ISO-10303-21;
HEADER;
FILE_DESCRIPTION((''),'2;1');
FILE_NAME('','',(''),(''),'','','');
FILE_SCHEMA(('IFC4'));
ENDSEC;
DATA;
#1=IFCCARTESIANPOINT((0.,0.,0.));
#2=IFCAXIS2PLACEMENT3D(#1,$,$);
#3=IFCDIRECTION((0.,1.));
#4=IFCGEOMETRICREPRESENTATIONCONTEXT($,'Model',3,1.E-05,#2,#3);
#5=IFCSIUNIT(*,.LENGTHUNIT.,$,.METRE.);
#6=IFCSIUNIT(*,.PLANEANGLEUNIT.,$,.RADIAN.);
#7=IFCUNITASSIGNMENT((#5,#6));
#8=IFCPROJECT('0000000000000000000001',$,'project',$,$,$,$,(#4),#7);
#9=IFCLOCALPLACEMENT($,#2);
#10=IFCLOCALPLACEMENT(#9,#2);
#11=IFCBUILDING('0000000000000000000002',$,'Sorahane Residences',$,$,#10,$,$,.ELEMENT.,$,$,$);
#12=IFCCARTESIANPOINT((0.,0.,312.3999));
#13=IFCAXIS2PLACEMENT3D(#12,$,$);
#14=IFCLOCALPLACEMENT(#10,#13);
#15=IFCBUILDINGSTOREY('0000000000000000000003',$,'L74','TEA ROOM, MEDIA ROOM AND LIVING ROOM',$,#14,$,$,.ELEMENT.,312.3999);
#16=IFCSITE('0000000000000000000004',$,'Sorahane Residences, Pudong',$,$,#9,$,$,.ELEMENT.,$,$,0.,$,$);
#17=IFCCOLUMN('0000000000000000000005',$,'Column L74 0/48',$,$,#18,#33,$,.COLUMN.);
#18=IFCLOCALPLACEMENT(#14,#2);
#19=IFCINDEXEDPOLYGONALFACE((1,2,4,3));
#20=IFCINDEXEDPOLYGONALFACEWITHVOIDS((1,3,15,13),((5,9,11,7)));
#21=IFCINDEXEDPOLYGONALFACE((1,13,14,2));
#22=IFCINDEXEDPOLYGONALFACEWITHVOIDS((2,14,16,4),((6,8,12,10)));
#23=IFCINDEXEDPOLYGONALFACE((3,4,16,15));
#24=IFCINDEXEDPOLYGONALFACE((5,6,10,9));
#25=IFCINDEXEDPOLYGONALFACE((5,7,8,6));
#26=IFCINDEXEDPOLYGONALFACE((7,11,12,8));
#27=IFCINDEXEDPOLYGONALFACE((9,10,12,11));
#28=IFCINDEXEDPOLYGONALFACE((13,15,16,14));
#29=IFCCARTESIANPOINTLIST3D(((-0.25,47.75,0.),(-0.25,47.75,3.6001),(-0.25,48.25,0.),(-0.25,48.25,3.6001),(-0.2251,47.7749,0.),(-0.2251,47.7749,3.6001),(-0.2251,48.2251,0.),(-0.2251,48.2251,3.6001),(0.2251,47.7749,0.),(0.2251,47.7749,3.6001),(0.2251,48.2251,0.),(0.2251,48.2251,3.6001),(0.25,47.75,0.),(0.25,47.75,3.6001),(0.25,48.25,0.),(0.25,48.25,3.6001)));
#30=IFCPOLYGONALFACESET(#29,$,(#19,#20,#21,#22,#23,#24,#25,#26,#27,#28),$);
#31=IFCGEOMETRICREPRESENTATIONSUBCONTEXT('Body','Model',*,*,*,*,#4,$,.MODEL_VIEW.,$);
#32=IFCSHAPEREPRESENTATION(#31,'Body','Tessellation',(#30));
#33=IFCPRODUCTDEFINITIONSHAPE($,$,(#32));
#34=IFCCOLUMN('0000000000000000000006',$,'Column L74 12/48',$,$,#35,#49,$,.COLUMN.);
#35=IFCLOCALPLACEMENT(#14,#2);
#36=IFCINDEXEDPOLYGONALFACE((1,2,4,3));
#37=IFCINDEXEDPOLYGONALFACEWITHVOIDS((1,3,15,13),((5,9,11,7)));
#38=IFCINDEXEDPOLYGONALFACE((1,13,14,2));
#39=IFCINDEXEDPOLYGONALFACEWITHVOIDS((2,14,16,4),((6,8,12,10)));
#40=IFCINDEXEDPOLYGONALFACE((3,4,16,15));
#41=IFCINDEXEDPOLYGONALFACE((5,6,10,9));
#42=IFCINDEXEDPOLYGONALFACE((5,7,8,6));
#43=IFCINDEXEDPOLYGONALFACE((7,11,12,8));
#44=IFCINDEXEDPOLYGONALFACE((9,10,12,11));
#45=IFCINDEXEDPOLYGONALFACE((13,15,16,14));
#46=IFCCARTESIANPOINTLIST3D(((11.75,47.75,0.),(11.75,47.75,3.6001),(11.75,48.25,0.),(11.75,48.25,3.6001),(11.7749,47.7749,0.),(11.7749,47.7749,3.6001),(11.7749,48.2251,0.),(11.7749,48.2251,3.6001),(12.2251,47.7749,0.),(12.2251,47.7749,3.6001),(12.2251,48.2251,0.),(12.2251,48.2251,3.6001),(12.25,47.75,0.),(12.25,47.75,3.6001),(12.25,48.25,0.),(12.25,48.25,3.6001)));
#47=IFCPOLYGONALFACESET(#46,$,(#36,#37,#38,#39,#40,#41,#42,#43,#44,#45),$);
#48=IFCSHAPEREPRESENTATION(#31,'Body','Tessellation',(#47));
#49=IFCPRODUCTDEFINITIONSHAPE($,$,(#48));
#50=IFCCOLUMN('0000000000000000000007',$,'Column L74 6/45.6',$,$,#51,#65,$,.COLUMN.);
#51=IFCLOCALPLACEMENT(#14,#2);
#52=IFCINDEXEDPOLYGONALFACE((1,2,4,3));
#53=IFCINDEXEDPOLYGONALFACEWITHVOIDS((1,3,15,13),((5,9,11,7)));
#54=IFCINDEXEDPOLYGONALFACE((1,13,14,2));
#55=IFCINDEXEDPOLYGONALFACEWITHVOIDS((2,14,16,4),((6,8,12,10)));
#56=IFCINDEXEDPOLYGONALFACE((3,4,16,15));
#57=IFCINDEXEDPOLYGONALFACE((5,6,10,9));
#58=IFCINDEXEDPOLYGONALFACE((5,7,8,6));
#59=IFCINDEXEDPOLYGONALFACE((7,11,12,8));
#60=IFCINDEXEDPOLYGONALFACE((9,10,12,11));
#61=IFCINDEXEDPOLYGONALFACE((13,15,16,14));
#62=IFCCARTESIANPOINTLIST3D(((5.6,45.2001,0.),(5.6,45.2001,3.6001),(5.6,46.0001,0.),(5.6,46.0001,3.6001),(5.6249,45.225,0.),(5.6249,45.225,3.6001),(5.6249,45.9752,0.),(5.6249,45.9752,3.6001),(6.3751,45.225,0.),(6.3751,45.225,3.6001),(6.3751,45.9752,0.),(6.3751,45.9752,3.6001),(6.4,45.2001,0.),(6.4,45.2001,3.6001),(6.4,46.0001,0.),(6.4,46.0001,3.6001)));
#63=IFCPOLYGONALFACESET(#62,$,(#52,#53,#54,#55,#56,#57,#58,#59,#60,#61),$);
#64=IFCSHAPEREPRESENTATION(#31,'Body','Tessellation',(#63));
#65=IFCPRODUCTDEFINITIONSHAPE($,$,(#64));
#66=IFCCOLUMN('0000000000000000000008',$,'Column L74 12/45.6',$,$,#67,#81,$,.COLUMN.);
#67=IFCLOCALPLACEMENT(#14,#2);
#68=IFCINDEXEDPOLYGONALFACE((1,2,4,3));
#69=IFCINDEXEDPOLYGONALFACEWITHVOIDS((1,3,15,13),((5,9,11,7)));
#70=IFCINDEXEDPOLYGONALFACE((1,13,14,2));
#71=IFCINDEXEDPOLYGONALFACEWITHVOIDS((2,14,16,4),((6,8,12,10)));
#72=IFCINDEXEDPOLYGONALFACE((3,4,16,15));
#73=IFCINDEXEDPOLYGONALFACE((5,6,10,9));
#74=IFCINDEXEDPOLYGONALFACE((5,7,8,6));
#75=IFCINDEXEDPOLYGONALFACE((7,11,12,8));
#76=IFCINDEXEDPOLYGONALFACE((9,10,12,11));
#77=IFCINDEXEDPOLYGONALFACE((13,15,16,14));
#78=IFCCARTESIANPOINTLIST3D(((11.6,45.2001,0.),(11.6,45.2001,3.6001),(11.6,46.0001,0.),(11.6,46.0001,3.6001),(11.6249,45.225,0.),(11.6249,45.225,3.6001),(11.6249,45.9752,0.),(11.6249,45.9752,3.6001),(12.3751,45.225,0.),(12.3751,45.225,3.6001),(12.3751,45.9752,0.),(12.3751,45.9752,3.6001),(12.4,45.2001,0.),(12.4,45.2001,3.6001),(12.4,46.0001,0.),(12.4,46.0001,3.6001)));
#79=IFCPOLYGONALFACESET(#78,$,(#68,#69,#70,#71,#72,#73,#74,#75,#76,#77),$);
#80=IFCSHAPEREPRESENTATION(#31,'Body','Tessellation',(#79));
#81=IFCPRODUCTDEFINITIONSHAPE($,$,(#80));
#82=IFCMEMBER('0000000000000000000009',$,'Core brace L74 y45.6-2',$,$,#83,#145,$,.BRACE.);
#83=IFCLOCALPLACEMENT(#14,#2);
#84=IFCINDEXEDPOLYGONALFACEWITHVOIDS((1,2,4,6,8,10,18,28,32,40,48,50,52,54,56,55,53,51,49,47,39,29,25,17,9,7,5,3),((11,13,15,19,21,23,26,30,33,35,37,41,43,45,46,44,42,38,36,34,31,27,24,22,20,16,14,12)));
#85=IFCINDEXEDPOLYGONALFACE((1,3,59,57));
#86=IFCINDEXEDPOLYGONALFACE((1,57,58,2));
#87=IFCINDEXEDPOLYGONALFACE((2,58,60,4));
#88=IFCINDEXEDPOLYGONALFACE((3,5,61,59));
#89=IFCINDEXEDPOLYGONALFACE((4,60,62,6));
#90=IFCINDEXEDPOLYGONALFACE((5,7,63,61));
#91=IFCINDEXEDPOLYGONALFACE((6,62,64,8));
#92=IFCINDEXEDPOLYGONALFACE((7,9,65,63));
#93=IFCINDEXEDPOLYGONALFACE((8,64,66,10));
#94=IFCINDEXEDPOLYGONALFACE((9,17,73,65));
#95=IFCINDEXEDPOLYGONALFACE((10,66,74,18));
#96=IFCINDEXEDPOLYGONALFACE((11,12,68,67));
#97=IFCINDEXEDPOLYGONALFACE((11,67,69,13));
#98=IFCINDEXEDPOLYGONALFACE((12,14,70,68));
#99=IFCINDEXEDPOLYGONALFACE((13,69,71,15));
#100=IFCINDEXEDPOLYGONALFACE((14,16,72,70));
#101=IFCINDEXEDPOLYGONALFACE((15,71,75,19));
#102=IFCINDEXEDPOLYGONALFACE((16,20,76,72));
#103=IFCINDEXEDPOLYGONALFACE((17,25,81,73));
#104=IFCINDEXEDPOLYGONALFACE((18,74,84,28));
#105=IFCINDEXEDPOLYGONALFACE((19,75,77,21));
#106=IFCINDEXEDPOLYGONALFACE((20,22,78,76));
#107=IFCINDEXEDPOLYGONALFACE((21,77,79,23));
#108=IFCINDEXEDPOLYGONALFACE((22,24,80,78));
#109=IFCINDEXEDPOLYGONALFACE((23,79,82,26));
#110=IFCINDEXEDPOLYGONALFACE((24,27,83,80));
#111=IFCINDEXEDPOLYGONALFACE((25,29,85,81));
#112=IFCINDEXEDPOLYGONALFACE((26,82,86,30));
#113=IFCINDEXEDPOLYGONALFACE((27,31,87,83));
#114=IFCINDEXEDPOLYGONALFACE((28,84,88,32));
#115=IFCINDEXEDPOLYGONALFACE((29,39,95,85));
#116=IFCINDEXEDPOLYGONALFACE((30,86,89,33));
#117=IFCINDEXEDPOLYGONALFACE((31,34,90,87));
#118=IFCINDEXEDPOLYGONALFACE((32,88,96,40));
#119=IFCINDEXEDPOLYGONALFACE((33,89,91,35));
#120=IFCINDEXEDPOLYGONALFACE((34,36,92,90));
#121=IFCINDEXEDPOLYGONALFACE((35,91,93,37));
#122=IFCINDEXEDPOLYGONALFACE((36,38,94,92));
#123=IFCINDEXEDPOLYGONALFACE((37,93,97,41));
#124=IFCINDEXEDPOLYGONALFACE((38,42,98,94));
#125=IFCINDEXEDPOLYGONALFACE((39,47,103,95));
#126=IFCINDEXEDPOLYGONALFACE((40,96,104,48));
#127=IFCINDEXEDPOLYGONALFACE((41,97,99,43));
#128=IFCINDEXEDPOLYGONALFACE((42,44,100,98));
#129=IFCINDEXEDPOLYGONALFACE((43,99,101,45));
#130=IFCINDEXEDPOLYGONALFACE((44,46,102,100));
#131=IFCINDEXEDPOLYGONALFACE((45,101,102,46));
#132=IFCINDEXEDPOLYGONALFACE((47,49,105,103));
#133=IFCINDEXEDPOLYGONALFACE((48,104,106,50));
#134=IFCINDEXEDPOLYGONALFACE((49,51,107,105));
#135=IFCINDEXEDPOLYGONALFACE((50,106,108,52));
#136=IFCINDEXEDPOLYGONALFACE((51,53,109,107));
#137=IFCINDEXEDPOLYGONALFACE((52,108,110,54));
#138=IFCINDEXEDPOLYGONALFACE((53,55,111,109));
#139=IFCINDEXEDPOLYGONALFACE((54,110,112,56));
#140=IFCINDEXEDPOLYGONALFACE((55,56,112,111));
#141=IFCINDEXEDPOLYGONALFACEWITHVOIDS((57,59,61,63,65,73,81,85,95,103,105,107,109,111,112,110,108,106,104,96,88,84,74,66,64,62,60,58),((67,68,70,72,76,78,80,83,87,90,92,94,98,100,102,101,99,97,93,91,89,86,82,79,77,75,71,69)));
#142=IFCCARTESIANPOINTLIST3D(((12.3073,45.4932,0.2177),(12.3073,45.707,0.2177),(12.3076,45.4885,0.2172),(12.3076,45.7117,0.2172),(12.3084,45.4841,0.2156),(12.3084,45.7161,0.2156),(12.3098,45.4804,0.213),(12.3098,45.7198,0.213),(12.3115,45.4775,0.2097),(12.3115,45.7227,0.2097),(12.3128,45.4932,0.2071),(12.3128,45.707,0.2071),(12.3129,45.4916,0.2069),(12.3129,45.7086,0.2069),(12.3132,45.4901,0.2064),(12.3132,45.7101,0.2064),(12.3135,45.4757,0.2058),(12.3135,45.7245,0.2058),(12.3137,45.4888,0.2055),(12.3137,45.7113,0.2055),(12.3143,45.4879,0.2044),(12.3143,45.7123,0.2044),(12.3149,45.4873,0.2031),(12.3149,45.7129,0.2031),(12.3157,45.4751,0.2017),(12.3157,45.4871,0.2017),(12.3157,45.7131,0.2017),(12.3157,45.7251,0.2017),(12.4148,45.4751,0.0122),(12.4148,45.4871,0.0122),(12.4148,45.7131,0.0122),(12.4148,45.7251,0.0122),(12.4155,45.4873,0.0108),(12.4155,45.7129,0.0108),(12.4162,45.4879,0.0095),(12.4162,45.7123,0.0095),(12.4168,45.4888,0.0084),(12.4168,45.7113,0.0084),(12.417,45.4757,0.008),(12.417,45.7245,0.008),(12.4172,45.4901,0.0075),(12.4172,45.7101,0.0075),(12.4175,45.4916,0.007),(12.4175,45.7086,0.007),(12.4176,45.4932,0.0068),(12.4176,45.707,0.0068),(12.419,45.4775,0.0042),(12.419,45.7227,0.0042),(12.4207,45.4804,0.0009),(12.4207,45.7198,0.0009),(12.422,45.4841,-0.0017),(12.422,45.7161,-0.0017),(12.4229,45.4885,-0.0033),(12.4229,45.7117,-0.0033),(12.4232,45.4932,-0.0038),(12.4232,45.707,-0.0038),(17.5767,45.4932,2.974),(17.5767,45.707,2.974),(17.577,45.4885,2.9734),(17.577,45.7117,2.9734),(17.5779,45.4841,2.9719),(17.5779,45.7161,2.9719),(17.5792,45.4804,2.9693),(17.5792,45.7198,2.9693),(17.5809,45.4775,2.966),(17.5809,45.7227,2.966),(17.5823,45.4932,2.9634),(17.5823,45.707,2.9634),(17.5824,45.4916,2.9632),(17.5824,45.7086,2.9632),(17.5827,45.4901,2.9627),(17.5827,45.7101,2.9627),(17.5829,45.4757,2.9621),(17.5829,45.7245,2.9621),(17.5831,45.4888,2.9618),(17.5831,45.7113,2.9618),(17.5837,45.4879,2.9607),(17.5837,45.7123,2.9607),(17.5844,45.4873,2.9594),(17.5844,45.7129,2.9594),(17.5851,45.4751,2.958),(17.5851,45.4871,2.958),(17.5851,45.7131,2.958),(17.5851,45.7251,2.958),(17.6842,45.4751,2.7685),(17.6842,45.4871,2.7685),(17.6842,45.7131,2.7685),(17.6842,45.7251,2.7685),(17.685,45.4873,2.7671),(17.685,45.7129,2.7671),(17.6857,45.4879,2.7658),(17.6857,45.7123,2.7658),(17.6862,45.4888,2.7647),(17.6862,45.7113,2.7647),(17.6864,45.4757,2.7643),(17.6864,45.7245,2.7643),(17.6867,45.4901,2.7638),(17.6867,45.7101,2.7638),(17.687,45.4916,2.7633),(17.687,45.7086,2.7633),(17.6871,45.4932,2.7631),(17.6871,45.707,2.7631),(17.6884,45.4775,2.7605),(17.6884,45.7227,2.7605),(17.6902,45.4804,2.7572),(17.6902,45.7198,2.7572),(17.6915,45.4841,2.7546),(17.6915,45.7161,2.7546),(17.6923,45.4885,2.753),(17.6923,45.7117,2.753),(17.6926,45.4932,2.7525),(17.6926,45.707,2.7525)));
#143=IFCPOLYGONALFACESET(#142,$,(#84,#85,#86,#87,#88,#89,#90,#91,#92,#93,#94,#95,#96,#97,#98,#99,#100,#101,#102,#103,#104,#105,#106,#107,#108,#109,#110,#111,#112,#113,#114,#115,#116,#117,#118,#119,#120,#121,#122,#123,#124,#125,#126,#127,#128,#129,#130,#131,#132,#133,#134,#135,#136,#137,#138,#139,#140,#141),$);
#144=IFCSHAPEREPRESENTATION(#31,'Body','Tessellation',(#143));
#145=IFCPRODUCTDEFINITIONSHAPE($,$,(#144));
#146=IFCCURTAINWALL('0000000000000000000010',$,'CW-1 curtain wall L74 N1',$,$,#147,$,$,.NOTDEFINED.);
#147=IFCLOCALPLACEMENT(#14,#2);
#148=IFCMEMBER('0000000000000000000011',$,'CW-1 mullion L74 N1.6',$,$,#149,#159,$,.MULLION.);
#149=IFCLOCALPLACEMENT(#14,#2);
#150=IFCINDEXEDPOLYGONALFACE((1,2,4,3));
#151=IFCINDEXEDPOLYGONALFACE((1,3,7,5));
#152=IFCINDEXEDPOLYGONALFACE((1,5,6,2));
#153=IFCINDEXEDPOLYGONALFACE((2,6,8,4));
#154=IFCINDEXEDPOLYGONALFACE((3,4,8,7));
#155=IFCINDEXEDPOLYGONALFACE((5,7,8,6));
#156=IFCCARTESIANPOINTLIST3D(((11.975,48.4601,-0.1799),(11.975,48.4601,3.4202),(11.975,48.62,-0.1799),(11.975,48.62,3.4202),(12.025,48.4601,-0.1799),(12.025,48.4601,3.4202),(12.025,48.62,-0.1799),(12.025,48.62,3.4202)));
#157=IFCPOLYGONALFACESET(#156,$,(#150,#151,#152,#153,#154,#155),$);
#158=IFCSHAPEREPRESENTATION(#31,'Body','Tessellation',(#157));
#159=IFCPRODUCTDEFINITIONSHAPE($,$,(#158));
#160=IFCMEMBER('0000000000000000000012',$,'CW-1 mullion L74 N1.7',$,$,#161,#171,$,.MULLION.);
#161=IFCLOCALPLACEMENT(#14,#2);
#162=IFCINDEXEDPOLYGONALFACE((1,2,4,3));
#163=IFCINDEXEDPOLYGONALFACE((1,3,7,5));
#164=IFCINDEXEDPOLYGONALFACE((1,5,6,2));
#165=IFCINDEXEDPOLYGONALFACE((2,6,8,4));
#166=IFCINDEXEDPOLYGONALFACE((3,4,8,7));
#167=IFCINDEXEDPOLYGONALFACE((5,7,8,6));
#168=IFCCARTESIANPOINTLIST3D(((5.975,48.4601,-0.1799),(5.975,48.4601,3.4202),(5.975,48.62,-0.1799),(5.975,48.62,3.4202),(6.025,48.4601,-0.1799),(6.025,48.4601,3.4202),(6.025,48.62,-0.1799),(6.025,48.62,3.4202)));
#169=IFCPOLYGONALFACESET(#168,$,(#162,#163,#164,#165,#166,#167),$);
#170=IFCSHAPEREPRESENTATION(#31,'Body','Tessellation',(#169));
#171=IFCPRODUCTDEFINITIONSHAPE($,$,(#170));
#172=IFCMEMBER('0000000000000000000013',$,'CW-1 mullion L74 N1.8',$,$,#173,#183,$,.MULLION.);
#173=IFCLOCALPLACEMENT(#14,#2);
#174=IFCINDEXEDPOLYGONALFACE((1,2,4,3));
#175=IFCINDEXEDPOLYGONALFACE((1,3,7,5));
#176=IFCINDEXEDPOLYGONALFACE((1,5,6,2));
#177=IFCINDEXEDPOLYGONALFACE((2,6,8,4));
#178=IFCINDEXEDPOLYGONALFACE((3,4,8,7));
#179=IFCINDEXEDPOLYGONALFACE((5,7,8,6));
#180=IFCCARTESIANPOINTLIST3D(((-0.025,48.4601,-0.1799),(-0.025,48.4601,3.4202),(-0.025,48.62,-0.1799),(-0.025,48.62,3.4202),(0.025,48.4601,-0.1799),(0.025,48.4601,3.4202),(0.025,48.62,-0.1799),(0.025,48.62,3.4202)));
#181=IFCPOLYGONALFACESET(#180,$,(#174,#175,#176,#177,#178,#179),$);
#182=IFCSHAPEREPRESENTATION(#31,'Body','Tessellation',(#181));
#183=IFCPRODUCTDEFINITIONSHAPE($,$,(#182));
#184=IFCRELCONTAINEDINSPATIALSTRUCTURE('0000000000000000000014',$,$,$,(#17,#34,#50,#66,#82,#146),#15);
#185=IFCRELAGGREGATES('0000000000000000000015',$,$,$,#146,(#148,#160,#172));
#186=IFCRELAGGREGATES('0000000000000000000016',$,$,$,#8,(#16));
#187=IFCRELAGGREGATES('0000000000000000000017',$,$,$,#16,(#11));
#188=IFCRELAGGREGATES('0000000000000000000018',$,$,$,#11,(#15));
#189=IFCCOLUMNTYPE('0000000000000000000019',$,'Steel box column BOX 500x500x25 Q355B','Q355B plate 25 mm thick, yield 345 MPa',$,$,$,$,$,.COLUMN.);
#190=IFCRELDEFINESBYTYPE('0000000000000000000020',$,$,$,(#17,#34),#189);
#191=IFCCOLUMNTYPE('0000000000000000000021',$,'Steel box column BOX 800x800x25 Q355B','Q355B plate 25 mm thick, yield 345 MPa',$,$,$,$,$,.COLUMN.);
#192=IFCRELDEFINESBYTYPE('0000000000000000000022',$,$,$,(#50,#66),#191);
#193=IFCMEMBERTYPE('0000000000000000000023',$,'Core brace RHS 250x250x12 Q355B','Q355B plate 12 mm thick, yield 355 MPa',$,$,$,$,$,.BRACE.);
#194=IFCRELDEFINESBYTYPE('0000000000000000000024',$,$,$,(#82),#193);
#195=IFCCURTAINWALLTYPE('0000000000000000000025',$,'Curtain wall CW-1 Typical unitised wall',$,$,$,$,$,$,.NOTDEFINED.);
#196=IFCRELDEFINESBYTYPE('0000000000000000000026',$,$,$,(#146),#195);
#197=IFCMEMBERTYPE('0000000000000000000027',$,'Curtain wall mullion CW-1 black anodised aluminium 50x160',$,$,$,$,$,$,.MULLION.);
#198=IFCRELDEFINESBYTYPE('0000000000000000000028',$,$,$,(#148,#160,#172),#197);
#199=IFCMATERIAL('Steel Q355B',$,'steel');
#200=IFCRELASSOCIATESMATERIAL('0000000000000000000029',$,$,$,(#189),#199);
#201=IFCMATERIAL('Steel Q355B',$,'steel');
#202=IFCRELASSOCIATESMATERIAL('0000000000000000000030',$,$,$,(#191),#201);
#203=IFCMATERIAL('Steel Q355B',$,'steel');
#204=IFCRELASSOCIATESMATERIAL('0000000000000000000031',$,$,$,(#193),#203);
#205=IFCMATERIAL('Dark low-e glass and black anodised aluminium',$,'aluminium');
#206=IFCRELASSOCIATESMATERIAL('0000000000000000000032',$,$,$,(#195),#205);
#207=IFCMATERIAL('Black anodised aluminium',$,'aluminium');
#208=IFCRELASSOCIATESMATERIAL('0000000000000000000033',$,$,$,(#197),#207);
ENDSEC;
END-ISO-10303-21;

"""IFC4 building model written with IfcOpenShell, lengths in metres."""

from ifc_helpers import new_model, si_unit, direction, frame, origin, origin_2d, place, context, subcontext, project, spatial, rectangle, hollow_rectangle, extrude, material, material_profile, profile_set, type_object, element, aggregate, save


model = new_model("IFC4")

# Units and contexts
model_context = context("Model", 3, precision=1e-05, world=origin(), true_north=direction((0.0, 1.0)))
body_context = subcontext(model_context, "Body", "Model", "MODEL_VIEW")
ifc_project = project(units=[si_unit("LENGTHUNIT", "METRE"), si_unit("PLANEANGLEUNIT", "RADIAN")], contexts=[model_context])

# Site, building, storey
site_placement = place(None, origin())
site = spatial("IfcSite", under=ifc_project, at=site_placement, Name="Sorahane Residences, Pudong", CompositionType="ELEMENT", RefElevation=0.0)
building_placement = place(site_placement, origin())
building = spatial("IfcBuilding", under=site, at=building_placement, Name="Sorahane Residences", CompositionType="ELEMENT")
storey_placement = place(building_placement, frame((0.0, 0.0, 312.3999)))
storey = spatial("IfcBuildingStorey", under=building, at=storey_placement, Name="L74", Description="TEA ROOM, MEDIA ROOM AND LIVING ROOM", CompositionType="ELEMENT", Elevation=312.3999)

# Columns
ifc_material_1 = material(Name="Steel Q355B", Category="steel")
ifc_material_profile_1 = material_profile(ifc_material_1, hollow_rectangle(XDim=0.5, YDim=0.5, WallThickness=0.0249, at=origin_2d()), Name="BOX 500x500x25")
ifc_profile_set_1 = profile_set([ifc_material_profile_1], Name="Steel Q355B")
column_type_1 = type_object("IfcColumnType", Name="Steel box column BOX 500x500x25 Q355B", Description="Q355B plate 25 mm thick, yield 345 MPa", PredefinedType="COLUMN", material=ifc_profile_set_1)
for number, where, z_axis, x_axis, name in (
    (1, (0.0, 48.0, 0.0), (0.0, 0.0, 1.0), (1.0, 0.0, 0.0), "Column L74 0/48"),
    (2, (12.0, 48.0, 0.0), (0.0, 0.0, 1.0), (1.0, 0.0, 0.0), "Column L74 12/48"),
):
    element("IfcColumn", number, at=place(storey_placement, frame(where, z_axis=z_axis, x_axis=x_axis)), inside=storey, type_object=column_type_1, Name=name, PredefinedType="COLUMN", context=body_context, shape_type="SweptSolid", body=[
        extrude(hollow_rectangle(XDim=0.5, YDim=0.5, WallThickness=0.0249, at=origin_2d()), origin(), (0.0, 0.0, 1.0), 3.6001),
    ])
ifc_material_2 = material(Name="Steel Q355B", Category="steel")
ifc_material_profile_2 = material_profile(ifc_material_2, hollow_rectangle(XDim=0.8, YDim=0.8, WallThickness=0.0249, at=origin_2d()), Name="BOX 800x800x25")
ifc_profile_set_2 = profile_set([ifc_material_profile_2], Name="Steel Q355B")
column_type_2 = type_object("IfcColumnType", Name="Steel box column BOX 800x800x25 Q355B", Description="Q355B plate 25 mm thick, yield 345 MPa", PredefinedType="COLUMN", material=ifc_profile_set_2)
for number, where, z_axis, x_axis, name in (
    (3, (6.0, 45.6001, 0.0), (0.0, 0.0, 1.0), (1.0, 0.0, 0.0), "Column L74 6/45.6"),
    (4, (12.0, 45.6001, 0.0), (0.0, 0.0, 1.0), (1.0, 0.0, 0.0), "Column L74 12/45.6"),
):
    element("IfcColumn", number, at=place(storey_placement, frame(where, z_axis=z_axis, x_axis=x_axis)), inside=storey, type_object=column_type_2, Name=name, PredefinedType="COLUMN", context=body_context, shape_type="SweptSolid", body=[
        extrude(hollow_rectangle(XDim=0.8, YDim=0.8, WallThickness=0.0249, at=origin_2d()), origin(), (0.0, 0.0, 1.0), 3.6001),
    ])

# Member
ifc_material_3 = material(Name="Steel Q355B", Category="steel")
ifc_material_profile_3 = material_profile(ifc_material_3, hollow_rectangle(XDim=0.25, YDim=0.25, WallThickness=0.012, InnerFilletRadius=0.0061, OuterFilletRadius=0.0181, at=origin_2d()), Name="RHS 250x250x12")
ifc_profile_set_3 = profile_set([ifc_material_profile_3], Name="Steel Q355B")
member_type_1 = type_object("IfcMemberType", Name="Core brace RHS 250x250x12 Q355B", Description="Q355B plate 12 mm thick, yield 355 MPa", PredefinedType="BRACE", material=ifc_profile_set_3)
member_1_placement = place(storey_placement, frame((12.3652, 45.6001, 0.1069), z_axis=(0.8861, 0.0, 0.463495), x_axis=(0.0, 1.0, 0.0)))
element("IfcMember", 5, at=member_1_placement, inside=storey, type_object=member_type_1, Name="Core brace L74 y45.6-2", PredefinedType="BRACE", context=body_context, shape_type="SweptSolid", body=[
    extrude(hollow_rectangle(XDim=0.25, YDim=0.25, WallThickness=0.012, InnerFilletRadius=0.0061, OuterFilletRadius=0.0181, at=origin_2d()), origin(), (0.0, 0.0, 1.0), 5.9468),
])

# Curtain wall, members
ifc_material_4 = material(Name="Dark low-e glass and black anodised aluminium", Category="aluminium")
curtain_wall_type = type_object("IfcCurtainWallType", Name="Curtain wall CW-1 Typical unitised wall", PredefinedType="NOTDEFINED", material=ifc_material_4)
curtain_wall_placement = place(storey_placement, origin())
curtain_wall = element("IfcCurtainWall", 6, at=curtain_wall_placement, inside=storey, type_object=curtain_wall_type, Name="CW-1 curtain wall L74 N1", PredefinedType="NOTDEFINED")
ifc_material_5 = material(Name="Black anodised aluminium", Category="aluminium")
ifc_material_profile_4 = material_profile(ifc_material_5, rectangle(XDim=0.1599, YDim=0.05, at=origin_2d()), Name="Curtain wall mullion CW-1 black anodised aluminium 50x160")
ifc_profile_set_4 = profile_set([ifc_material_profile_4], Name="Black anodised aluminium")
member_type_2 = type_object("IfcMemberType", Name="Curtain wall mullion CW-1 black anodised aluminium 50x160", PredefinedType="MULLION", material=ifc_profile_set_4)
member_2_placement = place(storey_placement, frame((12.0, 48.54, -0.1799), z_axis=(0.0, 0.0, 1.0), x_axis=(0.0, 1.0, 0.0)))
member_2 = element("IfcMember", 7, at=member_2_placement, type_object=member_type_2, Name="CW-1 mullion L74 N1.6", PredefinedType="MULLION", context=body_context, shape_type="SweptSolid", body=[
    extrude(rectangle(XDim=0.1599, YDim=0.05, at=origin_2d()), origin(), (0.0, 0.0, 1.0), 3.6001),
])
member_3_placement = place(storey_placement, frame((6.0, 48.54, -0.1799), z_axis=(0.0, 0.0, 1.0), x_axis=(0.0, 1.0, 0.0)))
member_3 = element("IfcMember", 8, at=member_3_placement, type_object=member_type_2, Name="CW-1 mullion L74 N1.7", PredefinedType="MULLION", context=body_context, shape_type="SweptSolid", body=[
    extrude(rectangle(XDim=0.1599, YDim=0.05, at=origin_2d()), origin(), (0.0, 0.0, 1.0), 3.6001),
])
member_4_placement = place(storey_placement, frame((0.0, 48.54, -0.1799), z_axis=(0.0, 0.0, 1.0), x_axis=(0.0, 1.0, 0.0)))
member_4 = element("IfcMember", 9, at=member_4_placement, type_object=member_type_2, Name="CW-1 mullion L74 N1.8", PredefinedType="MULLION", context=body_context, shape_type="SweptSolid", body=[
    extrude(rectangle(XDim=0.1599, YDim=0.05, at=origin_2d()), origin(), (0.0, 0.0, 1.0), 3.6001),
])

aggregate(curtain_wall, [member_2, member_3, member_4])

save(model, "model.ifc")
